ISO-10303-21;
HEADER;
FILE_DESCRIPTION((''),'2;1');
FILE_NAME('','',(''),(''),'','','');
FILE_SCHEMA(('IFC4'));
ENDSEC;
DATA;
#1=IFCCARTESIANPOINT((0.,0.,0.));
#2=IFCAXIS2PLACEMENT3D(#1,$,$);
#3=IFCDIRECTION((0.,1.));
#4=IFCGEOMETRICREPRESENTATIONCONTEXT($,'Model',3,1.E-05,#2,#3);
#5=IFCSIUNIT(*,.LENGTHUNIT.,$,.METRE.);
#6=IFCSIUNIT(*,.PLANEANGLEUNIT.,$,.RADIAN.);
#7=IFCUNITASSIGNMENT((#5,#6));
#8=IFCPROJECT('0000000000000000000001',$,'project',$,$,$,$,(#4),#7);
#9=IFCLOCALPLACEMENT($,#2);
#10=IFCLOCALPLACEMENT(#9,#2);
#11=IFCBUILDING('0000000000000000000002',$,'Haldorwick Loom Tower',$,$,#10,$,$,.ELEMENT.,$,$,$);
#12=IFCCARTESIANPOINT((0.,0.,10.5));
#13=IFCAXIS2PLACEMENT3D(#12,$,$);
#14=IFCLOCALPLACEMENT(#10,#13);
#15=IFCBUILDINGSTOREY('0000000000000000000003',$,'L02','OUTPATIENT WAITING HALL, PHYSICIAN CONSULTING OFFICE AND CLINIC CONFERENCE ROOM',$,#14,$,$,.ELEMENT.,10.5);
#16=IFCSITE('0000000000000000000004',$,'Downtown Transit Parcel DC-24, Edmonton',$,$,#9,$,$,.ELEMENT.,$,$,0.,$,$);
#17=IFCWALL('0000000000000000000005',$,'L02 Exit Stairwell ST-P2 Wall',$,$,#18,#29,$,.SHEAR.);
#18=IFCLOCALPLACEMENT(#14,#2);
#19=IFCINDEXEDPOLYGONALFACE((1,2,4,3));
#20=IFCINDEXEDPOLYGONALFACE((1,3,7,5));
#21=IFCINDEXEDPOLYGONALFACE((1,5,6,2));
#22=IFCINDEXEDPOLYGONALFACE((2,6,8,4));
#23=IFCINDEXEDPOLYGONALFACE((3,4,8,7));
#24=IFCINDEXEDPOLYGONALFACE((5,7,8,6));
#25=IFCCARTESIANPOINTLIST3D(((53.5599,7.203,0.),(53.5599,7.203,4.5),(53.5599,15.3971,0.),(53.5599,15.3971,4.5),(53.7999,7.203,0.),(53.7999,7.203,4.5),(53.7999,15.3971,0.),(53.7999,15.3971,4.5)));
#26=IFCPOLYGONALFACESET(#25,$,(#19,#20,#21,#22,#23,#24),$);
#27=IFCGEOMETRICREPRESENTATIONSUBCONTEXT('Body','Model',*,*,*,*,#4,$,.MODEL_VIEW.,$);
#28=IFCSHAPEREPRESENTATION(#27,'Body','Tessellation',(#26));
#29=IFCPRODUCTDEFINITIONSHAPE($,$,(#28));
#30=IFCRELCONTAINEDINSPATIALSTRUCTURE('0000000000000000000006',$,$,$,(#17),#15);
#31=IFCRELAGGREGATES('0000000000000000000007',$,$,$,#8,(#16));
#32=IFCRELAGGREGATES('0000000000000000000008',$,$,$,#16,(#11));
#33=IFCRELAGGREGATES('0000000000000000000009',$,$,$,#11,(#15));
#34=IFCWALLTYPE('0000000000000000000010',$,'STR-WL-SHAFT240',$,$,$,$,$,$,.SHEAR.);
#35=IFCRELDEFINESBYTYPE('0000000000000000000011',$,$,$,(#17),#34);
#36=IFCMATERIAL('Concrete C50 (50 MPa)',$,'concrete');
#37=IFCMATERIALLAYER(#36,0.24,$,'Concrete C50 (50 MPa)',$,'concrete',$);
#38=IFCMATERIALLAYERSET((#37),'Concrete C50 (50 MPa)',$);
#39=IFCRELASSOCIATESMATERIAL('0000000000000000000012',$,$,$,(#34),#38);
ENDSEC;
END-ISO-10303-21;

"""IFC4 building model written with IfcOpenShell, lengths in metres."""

from ifc_helpers import new_model, si_unit, direction, frame, frame_2d, origin, place, context, subcontext, project, spatial, rectangle, extrude, material, layer, layer_set, type_object, element, save


model = new_model("IFC4")

# Units and contexts
model_context = context("Model", 3, precision=1e-05, world=origin(), true_north=direction((0.0, 1.0)))
body_context = subcontext(model_context, "Body", "Model", "MODEL_VIEW")
ifc_project = project(units=[si_unit("LENGTHUNIT", "METRE"), si_unit("PLANEANGLEUNIT", "RADIAN")], contexts=[model_context])

# Site, building, storey
site_placement = place(None, origin())
site = spatial("IfcSite", under=ifc_project, at=site_placement, Name="Downtown Transit Parcel DC-24, Edmonton", CompositionType="ELEMENT", RefElevation=0.0)
building_placement = place(site_placement, origin())
building = spatial("IfcBuilding", under=site, at=building_placement, Name="Haldorwick Loom Tower", CompositionType="ELEMENT")
storey_placement = place(building_placement, frame((0.0, 0.0, 10.5)))
storey = spatial("IfcBuildingStorey", under=building, at=storey_placement, Name="L02", Description="OUTPATIENT WAITING HALL, PHYSICIAN CONSULTING OFFICE AND CLINIC CONFERENCE ROOM", CompositionType="ELEMENT", Elevation=10.5)

# Shared definitions
ifc_material_1 = material(Name="Concrete C50 (50 MPa)", Category="concrete")
ifc_layer_1 = layer(ifc_material_1, 0.24, Name="Concrete C50 (50 MPa)", Category="concrete")
ifc_layer_set_1 = layer_set([ifc_layer_1], Name="Concrete C50 (50 MPa)")
wall_type_1 = type_object("IfcWallType", Name="STR-WL-SHAFT240", PredefinedType="SHEAR", material=ifc_layer_set_1)

# Wall
wall_1_placement = place(storey_placement, frame((53.6799, 7.2029, 0.0), z_axis=(0.0, 0.0, 1.0), x_axis=(0.0, 1.0, 0.0)))
element("IfcWall", 1, at=wall_1_placement, inside=storey, type_object=wall_type_1, Name="L02 Exit Stairwell ST-P2 Wall", PredefinedType="SHEAR", context=body_context, shape_type="SweptSolid", body=[
    extrude(rectangle(XDim=8.1941, YDim=0.24, at=frame_2d((4.0972, 0.0))), origin(), (0.0, 0.0, 1.0), 4.5),
])

save(model, "model.ifc")
